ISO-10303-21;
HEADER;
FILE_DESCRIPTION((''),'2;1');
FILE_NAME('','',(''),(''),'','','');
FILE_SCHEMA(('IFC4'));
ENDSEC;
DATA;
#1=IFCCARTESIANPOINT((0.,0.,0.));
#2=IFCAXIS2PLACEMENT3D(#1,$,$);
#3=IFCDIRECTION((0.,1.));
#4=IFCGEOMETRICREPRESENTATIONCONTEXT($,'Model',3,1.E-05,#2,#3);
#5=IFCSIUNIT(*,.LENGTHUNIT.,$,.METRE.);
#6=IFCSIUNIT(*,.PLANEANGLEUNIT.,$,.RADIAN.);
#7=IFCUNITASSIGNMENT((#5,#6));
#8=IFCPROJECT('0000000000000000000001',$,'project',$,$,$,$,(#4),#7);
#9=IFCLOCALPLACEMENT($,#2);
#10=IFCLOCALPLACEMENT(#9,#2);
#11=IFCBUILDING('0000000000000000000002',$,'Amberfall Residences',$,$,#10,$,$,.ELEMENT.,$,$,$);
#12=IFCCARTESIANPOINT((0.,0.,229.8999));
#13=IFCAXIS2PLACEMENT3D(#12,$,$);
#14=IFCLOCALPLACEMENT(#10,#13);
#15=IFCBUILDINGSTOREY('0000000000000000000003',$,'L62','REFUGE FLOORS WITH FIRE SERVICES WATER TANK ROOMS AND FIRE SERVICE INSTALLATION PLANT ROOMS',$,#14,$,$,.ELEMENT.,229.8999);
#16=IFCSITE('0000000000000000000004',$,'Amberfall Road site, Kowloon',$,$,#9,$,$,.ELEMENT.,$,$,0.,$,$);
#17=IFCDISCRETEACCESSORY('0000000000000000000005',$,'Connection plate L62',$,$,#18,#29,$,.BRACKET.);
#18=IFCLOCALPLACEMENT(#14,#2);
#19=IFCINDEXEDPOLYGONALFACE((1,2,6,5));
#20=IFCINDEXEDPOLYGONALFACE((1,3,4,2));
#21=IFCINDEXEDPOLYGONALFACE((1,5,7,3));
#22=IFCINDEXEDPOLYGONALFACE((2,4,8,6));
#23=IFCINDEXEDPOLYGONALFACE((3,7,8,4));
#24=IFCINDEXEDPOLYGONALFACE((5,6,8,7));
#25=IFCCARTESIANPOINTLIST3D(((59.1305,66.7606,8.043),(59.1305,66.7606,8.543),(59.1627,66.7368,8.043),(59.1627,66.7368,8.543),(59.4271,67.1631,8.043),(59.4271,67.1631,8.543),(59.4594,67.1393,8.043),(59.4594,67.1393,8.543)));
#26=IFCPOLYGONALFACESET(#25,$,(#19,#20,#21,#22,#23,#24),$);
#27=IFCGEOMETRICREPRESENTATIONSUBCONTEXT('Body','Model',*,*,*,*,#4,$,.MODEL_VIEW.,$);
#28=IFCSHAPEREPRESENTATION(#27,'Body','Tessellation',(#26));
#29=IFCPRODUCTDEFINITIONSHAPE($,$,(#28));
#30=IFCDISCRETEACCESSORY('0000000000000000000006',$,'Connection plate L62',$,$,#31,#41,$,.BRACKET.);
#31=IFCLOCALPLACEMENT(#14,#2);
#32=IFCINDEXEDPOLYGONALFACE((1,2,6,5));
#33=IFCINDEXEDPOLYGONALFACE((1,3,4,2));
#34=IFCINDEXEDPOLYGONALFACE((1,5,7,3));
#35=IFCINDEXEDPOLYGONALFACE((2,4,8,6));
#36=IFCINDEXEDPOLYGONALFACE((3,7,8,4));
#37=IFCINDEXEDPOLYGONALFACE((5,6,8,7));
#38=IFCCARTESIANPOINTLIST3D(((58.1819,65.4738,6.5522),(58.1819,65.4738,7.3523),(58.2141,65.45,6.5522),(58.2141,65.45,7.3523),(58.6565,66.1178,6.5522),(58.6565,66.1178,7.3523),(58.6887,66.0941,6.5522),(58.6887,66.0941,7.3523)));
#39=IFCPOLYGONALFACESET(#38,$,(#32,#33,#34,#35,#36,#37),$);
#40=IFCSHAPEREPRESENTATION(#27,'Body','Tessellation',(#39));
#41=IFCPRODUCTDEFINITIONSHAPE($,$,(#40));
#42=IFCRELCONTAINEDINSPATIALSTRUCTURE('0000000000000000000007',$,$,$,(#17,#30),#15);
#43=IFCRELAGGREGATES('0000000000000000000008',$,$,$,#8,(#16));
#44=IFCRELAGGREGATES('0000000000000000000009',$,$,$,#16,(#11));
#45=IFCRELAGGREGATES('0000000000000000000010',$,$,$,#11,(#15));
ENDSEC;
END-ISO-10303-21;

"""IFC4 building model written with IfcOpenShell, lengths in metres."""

from ifc_helpers import new_model, si_unit, direction, frame, origin, origin_2d, place, context, subcontext, project, spatial, rectangle, extrude, element, save


model = new_model("IFC4")

# Units and contexts
model_context = context("Model", 3, precision=1e-05, world=origin(), true_north=direction((0.0, 1.0)))
body_context = subcontext(model_context, "Body", "Model", "MODEL_VIEW")
ifc_project = project(units=[si_unit("LENGTHUNIT", "METRE"), si_unit("PLANEANGLEUNIT", "RADIAN")], contexts=[model_context])

# Site, building, storey
site_placement = place(None, origin())
site = spatial("IfcSite", under=ifc_project, at=site_placement, Name="Amberfall Road site, Kowloon", CompositionType="ELEMENT", RefElevation=0.0)
building_placement = place(site_placement, origin())
building = spatial("IfcBuilding", under=site, at=building_placement, Name="Amberfall Residences", CompositionType="ELEMENT")
storey_placement = place(building_placement, frame((0.0, 0.0, 229.8999)))
storey = spatial("IfcBuildingStorey", under=building, at=storey_placement, Name="L62", Description="REFUGE FLOORS WITH FIRE SERVICES WATER TANK ROOMS AND FIRE SERVICE INSTALLATION PLANT ROOMS", CompositionType="ELEMENT", Elevation=229.8999)

# Discrete accessories
discrete_accessory_1_placement = place(storey_placement, frame((59.2949, 66.95, 8.043), z_axis=(0.0, 0.0, 1.0), x_axis=(0.593292, 0.804987, 0.0)))
element("IfcDiscreteAccessory", 1, at=discrete_accessory_1_placement, inside=storey, Name="Connection plate L62", PredefinedType="BRACKET", context=body_context, shape_type="SweptSolid", body=[
    extrude(rectangle(XDim=0.5, YDim=0.04, at=origin_2d()), origin(), (0.0, 0.0, 1.0), 0.5),
])
discrete_accessory_2_placement = place(storey_placement, frame((58.4353, 65.7839, 6.5522), z_axis=(0.0, 0.0, 1.0), x_axis=(0.593292, 0.804987, 0.0)))
element("IfcDiscreteAccessory", 2, at=discrete_accessory_2_placement, inside=storey, Name="Connection plate L62", PredefinedType="BRACKET", context=body_context, shape_type="SweptSolid", body=[
    extrude(rectangle(XDim=0.8, YDim=0.04, at=origin_2d()), origin(), (0.0, 0.0, 1.0), 0.8),
])

save(model, "model.ifc")
